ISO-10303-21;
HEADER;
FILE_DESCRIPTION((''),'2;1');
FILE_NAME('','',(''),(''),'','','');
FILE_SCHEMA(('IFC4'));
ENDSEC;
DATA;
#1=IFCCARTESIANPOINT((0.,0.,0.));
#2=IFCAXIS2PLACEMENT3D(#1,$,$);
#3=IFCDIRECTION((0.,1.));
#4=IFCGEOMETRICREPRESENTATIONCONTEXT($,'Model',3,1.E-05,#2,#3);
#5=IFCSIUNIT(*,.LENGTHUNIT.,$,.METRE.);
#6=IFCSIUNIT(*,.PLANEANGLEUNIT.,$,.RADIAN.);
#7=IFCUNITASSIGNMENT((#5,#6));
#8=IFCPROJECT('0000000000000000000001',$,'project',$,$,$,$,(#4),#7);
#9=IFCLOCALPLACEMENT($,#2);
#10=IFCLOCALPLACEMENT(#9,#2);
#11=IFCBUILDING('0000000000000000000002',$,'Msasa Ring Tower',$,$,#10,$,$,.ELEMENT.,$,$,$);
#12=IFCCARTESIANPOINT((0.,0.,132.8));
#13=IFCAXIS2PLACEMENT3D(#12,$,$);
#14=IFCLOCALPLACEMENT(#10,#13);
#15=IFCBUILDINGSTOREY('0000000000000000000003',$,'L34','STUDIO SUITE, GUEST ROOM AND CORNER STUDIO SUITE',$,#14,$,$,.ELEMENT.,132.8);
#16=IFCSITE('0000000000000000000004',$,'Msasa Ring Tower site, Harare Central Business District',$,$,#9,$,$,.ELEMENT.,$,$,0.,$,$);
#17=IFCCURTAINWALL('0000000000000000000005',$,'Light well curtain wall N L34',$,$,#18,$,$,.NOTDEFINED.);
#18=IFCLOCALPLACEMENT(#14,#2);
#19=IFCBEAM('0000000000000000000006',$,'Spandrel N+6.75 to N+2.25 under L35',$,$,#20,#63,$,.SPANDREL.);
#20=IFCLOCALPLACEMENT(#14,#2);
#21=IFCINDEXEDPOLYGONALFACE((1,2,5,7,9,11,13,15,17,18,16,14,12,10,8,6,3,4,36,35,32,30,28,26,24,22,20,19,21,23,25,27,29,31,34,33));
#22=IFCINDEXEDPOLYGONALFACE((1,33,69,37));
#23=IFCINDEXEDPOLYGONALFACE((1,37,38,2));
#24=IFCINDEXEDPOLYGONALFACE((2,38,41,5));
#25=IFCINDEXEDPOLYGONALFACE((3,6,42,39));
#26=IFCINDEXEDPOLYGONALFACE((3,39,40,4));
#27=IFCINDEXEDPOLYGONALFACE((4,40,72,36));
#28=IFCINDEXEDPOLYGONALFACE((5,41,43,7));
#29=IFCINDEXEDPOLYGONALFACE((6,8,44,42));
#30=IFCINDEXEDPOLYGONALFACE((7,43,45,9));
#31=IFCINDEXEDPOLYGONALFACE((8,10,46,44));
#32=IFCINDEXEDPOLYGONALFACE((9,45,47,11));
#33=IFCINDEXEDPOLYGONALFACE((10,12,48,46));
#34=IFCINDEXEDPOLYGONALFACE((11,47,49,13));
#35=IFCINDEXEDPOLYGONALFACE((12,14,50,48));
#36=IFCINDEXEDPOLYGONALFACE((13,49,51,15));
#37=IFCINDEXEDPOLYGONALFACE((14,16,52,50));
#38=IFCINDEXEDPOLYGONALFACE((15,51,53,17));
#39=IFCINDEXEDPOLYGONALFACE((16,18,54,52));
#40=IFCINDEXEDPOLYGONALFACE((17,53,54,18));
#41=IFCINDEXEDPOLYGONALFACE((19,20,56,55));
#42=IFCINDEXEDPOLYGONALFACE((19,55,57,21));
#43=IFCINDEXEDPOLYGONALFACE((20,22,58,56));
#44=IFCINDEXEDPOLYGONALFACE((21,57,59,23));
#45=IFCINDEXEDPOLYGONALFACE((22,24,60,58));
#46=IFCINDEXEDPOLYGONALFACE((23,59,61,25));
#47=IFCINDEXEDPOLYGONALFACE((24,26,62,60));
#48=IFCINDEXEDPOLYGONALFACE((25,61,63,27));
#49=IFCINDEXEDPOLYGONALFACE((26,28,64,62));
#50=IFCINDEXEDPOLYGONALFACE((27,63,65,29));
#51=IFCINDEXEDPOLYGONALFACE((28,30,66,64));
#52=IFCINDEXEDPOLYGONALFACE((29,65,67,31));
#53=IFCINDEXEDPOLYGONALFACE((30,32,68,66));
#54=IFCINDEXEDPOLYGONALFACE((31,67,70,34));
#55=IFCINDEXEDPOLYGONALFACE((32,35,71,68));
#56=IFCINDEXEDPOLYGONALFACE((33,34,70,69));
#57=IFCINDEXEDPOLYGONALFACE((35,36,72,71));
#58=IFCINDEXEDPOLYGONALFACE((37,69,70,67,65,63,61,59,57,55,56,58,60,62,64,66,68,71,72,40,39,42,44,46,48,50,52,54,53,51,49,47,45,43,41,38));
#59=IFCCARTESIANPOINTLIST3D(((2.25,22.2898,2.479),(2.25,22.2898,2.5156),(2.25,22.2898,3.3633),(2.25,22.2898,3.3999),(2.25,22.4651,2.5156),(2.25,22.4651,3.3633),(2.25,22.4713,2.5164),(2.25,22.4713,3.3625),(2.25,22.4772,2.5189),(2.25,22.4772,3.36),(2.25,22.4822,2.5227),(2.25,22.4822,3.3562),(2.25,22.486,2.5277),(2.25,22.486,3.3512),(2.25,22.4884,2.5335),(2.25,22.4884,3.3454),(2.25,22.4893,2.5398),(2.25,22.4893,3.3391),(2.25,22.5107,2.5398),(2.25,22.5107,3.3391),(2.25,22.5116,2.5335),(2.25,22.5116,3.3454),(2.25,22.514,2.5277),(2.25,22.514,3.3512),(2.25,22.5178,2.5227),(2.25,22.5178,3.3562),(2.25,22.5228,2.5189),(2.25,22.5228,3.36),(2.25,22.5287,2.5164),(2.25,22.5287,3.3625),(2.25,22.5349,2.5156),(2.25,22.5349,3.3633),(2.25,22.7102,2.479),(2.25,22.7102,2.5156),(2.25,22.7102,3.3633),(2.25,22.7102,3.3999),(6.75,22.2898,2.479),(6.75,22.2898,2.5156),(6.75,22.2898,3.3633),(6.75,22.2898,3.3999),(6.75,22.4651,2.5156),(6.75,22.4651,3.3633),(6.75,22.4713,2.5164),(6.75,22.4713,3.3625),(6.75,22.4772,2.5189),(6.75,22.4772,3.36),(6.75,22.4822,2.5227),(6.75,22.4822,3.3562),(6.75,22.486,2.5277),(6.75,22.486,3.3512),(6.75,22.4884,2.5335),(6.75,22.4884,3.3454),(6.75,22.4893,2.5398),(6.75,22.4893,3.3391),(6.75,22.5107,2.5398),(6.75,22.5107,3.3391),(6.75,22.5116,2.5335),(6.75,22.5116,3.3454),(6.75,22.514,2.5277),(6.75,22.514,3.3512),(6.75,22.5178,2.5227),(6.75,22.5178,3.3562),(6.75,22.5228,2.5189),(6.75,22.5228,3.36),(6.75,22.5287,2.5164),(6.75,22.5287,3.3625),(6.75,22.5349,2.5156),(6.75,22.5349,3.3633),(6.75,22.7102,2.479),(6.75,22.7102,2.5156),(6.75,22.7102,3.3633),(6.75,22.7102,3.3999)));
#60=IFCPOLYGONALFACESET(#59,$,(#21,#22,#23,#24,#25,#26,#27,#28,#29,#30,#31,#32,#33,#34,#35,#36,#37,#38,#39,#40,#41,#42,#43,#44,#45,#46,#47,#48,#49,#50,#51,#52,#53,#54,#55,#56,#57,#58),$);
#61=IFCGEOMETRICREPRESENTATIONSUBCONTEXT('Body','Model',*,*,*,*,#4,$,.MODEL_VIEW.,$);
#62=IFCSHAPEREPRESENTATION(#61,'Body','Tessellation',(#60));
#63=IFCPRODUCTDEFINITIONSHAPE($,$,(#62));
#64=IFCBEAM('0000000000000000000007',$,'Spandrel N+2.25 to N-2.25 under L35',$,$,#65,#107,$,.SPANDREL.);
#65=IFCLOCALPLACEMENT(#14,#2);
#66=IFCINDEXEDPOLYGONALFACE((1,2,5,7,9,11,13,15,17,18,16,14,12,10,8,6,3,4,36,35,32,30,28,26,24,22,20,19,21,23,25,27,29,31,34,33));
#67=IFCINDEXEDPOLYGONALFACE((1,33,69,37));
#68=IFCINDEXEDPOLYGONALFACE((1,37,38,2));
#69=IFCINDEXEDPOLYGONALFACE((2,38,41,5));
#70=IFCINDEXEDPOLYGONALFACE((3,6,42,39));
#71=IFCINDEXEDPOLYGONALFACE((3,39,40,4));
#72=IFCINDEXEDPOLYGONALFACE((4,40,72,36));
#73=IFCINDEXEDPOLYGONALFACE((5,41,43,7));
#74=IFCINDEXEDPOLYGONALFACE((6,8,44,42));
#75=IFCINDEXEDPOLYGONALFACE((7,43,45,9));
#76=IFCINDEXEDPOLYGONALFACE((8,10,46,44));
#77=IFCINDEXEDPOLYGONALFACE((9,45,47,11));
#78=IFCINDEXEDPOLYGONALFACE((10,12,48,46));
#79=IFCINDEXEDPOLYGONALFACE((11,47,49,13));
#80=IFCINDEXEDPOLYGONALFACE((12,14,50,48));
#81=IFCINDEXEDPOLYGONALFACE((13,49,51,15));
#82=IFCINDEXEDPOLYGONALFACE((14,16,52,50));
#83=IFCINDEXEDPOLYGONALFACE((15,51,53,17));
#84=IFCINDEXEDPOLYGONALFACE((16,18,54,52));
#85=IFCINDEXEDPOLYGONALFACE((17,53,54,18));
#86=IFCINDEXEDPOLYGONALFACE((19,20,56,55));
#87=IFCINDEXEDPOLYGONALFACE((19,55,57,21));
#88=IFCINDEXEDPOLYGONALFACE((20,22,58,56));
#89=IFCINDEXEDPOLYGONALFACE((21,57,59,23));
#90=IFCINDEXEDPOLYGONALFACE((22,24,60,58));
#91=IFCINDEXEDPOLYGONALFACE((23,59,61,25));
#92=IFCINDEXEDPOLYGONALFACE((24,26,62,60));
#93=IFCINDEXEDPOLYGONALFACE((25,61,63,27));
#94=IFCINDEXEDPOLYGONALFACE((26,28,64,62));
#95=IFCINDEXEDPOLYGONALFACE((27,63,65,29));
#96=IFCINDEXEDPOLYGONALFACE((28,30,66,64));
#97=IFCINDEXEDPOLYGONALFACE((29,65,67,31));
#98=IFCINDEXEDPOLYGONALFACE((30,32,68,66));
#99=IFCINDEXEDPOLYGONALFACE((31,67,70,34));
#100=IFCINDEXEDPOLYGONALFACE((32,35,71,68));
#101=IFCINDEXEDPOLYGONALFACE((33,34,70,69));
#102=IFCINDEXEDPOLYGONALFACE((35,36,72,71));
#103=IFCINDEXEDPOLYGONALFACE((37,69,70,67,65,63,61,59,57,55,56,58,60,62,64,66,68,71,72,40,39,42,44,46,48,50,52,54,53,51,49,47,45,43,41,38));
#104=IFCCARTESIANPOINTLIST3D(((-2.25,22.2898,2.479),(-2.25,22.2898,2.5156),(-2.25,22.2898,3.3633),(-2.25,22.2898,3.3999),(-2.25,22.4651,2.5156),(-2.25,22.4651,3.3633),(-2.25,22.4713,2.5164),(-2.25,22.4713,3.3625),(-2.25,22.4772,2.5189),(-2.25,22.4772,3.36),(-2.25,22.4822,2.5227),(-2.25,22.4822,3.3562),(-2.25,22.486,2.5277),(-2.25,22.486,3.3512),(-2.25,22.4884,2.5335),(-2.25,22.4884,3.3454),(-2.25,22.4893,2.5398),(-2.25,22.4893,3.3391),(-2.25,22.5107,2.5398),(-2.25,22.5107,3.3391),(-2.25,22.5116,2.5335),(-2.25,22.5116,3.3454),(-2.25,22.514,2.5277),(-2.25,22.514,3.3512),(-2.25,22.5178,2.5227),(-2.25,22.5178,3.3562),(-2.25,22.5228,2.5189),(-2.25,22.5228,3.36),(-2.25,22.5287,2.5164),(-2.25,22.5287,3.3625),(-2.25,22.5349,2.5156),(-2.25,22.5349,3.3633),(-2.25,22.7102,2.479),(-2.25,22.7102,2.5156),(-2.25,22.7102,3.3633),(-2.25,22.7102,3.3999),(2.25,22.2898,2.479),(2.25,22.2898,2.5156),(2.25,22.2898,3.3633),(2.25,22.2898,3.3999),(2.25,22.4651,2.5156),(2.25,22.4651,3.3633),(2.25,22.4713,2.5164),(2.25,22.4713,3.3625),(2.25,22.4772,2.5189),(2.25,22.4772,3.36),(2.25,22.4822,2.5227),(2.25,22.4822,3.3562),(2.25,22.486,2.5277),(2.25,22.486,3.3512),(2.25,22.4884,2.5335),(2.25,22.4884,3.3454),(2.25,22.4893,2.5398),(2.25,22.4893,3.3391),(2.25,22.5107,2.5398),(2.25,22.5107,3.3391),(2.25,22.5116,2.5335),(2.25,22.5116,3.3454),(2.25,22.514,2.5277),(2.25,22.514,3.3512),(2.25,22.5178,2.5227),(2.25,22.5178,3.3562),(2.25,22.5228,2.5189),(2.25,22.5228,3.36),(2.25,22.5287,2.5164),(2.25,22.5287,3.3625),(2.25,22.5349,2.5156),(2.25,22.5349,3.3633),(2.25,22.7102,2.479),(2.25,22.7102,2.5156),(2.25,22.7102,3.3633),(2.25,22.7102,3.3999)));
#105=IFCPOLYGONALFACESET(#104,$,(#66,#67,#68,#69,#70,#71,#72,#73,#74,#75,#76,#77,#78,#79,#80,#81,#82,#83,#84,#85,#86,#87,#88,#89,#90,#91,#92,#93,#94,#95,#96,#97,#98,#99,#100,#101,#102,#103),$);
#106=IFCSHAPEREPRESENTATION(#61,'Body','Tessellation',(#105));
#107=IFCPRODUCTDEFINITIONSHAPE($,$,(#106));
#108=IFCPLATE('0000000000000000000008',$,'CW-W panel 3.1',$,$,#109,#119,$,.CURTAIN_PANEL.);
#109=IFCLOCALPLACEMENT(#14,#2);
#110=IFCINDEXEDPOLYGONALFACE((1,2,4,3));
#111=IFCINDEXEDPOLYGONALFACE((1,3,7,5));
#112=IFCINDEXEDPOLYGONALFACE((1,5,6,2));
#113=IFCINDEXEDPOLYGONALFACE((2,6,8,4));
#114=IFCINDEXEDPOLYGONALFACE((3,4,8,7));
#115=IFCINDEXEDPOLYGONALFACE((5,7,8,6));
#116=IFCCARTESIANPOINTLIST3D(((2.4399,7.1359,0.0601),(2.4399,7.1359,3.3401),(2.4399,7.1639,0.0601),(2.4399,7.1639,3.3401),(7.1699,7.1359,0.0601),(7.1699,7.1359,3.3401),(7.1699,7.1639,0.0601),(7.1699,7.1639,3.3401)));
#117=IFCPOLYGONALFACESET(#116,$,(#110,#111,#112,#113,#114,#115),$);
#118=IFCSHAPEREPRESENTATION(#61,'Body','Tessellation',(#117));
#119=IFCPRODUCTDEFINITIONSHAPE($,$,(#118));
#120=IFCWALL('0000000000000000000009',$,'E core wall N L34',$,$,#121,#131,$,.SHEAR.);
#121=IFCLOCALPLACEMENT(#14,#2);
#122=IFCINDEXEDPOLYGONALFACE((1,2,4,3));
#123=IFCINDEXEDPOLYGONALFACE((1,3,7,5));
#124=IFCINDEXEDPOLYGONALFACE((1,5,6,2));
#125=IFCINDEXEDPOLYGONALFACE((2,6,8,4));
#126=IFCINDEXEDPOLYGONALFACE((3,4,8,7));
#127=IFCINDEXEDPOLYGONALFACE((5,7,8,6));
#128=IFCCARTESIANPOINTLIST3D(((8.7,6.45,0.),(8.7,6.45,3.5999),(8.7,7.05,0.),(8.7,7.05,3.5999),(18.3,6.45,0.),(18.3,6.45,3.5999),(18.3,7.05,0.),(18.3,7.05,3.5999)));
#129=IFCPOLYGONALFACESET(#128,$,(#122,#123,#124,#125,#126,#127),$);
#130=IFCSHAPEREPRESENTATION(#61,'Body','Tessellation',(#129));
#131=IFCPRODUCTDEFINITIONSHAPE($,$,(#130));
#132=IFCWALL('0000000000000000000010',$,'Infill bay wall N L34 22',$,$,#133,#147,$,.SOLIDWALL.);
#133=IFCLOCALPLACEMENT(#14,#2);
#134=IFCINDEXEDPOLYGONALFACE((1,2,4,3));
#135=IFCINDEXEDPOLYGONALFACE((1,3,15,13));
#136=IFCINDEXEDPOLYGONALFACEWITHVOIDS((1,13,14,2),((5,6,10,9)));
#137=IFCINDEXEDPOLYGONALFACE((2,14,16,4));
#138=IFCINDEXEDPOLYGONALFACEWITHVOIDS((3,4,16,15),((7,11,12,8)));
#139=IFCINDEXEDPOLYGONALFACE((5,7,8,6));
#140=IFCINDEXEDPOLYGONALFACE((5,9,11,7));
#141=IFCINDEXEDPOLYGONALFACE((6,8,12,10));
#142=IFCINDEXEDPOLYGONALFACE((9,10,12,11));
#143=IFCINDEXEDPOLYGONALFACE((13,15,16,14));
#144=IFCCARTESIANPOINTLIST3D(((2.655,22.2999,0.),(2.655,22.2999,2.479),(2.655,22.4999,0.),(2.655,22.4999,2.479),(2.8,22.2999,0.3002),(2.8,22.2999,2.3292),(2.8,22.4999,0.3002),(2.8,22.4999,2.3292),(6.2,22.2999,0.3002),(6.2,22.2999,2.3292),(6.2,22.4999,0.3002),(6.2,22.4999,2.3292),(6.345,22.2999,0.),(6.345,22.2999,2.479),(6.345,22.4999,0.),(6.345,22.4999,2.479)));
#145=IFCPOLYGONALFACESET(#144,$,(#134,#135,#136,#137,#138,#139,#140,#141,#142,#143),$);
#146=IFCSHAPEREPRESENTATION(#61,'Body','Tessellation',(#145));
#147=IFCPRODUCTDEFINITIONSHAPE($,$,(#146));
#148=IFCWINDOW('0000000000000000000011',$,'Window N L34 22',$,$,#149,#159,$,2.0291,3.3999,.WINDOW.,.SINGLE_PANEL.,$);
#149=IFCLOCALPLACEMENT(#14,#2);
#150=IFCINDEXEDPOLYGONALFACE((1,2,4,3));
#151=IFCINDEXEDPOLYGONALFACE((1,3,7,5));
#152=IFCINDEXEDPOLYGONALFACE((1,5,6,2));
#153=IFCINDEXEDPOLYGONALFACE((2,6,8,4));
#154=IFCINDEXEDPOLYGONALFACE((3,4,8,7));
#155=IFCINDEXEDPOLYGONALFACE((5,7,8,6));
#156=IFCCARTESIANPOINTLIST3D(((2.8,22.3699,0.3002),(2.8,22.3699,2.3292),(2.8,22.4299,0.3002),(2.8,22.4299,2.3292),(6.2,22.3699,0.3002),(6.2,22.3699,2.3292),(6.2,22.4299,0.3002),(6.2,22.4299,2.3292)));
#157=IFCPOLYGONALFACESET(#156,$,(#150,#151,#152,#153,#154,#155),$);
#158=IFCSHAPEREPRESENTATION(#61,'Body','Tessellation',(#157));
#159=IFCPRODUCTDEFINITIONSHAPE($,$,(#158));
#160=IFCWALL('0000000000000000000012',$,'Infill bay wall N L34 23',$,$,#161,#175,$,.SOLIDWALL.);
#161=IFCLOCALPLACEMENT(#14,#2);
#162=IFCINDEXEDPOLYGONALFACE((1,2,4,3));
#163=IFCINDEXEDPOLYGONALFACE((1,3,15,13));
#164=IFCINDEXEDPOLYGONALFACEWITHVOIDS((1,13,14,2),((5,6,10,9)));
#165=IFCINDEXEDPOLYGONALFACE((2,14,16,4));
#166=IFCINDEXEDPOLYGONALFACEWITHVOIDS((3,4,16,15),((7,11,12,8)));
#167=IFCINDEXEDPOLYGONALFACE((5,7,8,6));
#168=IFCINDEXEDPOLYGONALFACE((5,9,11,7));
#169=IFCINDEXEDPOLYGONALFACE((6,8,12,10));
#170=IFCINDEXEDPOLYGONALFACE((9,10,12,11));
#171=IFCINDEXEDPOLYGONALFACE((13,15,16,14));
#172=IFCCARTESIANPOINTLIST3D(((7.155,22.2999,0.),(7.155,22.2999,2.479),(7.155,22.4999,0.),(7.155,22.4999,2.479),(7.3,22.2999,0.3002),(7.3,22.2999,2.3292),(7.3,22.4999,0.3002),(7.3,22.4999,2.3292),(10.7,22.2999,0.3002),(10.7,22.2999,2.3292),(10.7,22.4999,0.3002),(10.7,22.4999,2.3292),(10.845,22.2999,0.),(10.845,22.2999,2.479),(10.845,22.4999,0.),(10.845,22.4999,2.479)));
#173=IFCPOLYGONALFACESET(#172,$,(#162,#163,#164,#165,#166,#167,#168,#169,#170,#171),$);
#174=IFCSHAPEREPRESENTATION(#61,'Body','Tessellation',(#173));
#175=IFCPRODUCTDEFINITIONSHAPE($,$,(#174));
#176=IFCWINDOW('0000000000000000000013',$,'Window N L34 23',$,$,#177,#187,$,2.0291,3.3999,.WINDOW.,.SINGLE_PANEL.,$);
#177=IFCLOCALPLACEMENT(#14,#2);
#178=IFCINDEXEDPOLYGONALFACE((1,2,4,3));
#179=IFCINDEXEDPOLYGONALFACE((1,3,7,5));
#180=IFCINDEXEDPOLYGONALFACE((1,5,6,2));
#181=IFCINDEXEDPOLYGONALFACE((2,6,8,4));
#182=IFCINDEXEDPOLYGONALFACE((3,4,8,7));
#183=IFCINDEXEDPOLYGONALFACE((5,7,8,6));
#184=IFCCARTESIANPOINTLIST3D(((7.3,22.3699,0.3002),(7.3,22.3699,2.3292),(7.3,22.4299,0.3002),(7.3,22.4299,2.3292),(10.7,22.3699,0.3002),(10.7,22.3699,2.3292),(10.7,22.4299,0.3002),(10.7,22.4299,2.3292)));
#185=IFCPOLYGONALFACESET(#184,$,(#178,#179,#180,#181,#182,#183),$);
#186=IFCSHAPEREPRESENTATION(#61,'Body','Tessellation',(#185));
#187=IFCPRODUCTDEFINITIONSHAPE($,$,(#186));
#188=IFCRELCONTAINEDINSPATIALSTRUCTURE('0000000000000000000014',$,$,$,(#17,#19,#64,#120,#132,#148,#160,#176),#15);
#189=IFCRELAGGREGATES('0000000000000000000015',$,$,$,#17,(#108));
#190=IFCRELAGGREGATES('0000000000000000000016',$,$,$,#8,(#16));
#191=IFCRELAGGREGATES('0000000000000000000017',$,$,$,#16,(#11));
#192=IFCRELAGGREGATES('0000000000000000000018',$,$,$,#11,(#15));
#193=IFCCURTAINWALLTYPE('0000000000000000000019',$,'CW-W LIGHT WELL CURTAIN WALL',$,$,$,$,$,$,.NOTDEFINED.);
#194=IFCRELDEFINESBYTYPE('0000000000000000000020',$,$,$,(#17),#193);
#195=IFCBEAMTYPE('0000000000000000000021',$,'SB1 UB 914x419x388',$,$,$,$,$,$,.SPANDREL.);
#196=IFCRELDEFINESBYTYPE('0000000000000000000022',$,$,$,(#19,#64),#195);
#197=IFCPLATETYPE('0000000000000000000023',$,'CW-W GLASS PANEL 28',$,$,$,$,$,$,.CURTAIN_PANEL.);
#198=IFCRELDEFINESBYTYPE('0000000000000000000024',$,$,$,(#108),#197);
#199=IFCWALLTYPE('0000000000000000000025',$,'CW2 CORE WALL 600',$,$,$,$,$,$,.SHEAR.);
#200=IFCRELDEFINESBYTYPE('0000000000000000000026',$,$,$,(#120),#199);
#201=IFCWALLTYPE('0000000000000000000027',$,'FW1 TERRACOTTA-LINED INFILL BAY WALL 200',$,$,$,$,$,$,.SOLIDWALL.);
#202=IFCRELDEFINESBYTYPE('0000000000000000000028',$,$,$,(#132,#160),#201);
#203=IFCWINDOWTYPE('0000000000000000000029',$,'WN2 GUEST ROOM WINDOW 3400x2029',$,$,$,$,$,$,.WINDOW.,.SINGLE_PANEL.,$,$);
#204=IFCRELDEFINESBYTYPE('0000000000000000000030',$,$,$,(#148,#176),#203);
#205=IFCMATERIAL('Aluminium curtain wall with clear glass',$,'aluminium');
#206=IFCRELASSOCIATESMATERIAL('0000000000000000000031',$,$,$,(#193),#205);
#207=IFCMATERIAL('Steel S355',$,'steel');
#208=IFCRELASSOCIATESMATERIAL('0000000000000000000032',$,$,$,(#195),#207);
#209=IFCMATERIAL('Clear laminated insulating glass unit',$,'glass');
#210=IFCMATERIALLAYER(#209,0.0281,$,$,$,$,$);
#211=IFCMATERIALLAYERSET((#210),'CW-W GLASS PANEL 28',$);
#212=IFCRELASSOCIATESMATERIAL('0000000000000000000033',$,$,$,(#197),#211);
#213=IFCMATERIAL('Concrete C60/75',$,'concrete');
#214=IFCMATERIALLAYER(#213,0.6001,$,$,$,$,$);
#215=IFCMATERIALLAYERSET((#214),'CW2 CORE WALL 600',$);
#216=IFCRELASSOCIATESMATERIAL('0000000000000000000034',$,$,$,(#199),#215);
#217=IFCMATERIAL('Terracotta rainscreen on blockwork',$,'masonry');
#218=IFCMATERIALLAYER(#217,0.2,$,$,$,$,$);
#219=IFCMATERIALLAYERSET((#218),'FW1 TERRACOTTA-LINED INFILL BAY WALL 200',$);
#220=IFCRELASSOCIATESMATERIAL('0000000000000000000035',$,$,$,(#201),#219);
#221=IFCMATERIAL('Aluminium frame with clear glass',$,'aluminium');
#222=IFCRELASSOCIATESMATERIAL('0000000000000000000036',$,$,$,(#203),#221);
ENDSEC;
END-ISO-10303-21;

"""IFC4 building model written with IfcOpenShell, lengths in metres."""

from ifc_helpers import new_model, si_unit, direction, frame, frame_2d, origin, origin_2d, place, context, subcontext, project, spatial, rectangle, i_section, extrude, material, layer, layer_set, material_profile, profile_set, type_object, element, fill, aggregate, save


model = new_model("IFC4")

# Units and contexts
model_context = context("Model", 3, precision=1e-05, world=origin(), true_north=direction((0.0, 1.0)))
body_context = subcontext(model_context, "Body", "Model", "MODEL_VIEW")
ifc_project = project(units=[si_unit("LENGTHUNIT", "METRE"), si_unit("PLANEANGLEUNIT", "RADIAN")], contexts=[model_context])

# Site, building, storey
site_placement = place(None, origin())
site = spatial("IfcSite", under=ifc_project, at=site_placement, Name="Msasa Ring Tower site, Harare Central Business District", CompositionType="ELEMENT", RefElevation=0.0)
building_placement = place(site_placement, origin())
building = spatial("IfcBuilding", under=site, at=building_placement, Name="Msasa Ring Tower", CompositionType="ELEMENT")
storey_placement = place(building_placement, frame((0.0, 0.0, 132.8)))
storey = spatial("IfcBuildingStorey", under=building, at=storey_placement, Name="L34", Description="STUDIO SUITE, GUEST ROOM AND CORNER STUDIO SUITE", CompositionType="ELEMENT", Elevation=132.8)

# Curtain wall
ifc_material_1 = material(Name="Aluminium curtain wall with clear glass", Category="aluminium")
curtain_wall_type = type_object("IfcCurtainWallType", Name="CW-W LIGHT WELL CURTAIN WALL", PredefinedType="NOTDEFINED", material=ifc_material_1)
curtain_wall_1_placement = place(storey_placement, origin())
curtain_wall_1 = element("IfcCurtainWall", 1, at=curtain_wall_1_placement, inside=storey, type_object=curtain_wall_type, Name="Light well curtain wall N L34", PredefinedType="NOTDEFINED")

# Beams
ifc_material_2 = material(Name="Steel S355", Category="steel")
ifc_material_profile_1 = material_profile(ifc_material_2, i_section(OverallWidth=0.4204, OverallDepth=0.9209, WebThickness=0.0215, FlangeThickness=0.0366, FilletRadius=0.0242, at=origin_2d()), Name="UB 914x419x388")
ifc_profile_set_1 = profile_set([ifc_material_profile_1], Name="Steel S355")
beam_type_1 = type_object("IfcBeamType", Name="SB1 UB 914x419x388", PredefinedType="SPANDREL", material=ifc_profile_set_1)
for number, where, z_axis, x_axis, name in (
    (2, (6.75, 22.5, 2.9395), (-1.0, 0.0, 0.0), (0.0, -1.0, 0.0), "Spandrel N+6.75 to N+2.25 under L35"),
    (3, (2.25, 22.5, 2.9395), (-1.0, 0.0, 0.0), (0.0, -1.0, 0.0), "Spandrel N+2.25 to N-2.25 under L35"),
):
    element("IfcBeam", number, at=place(storey_placement, frame(where, z_axis=z_axis, x_axis=x_axis)), inside=storey, type_object=beam_type_1, Name=name, PredefinedType="SPANDREL", context=body_context, shape_type="SweptSolid", body=[
        extrude(i_section(OverallWidth=0.4204, OverallDepth=0.9209, WebThickness=0.0215, FlangeThickness=0.0366, FilletRadius=0.0242, at=origin_2d()), origin(), (0.0, 0.0, 1.0), 4.5),
    ])

# Plate
ifc_material_3 = material(Name="Clear laminated insulating glass unit", Category="glass")
ifc_layer_1 = layer(ifc_material_3, 0.0281)
ifc_layer_set_1 = layer_set([ifc_layer_1], Name="CW-W GLASS PANEL 28")
plate_type = type_object("IfcPlateType", Name="CW-W GLASS PANEL 28", PredefinedType="CURTAIN_PANEL", material=ifc_layer_set_1)
plate_placement = place(storey_placement, frame((4.8049, 7.1499, 0.0601), z_axis=(0.0, 0.0, 1.0), x_axis=(1.0, 0.0, 0.0)))
plate = element("IfcPlate", 4, at=plate_placement, type_object=plate_type, Name="CW-W panel 3.1", PredefinedType="CURTAIN_PANEL", context=body_context, shape_type="SweptSolid", body=[
    extrude(rectangle(XDim=4.73, YDim=0.0281, at=origin_2d()), origin(), (0.0, 0.0, 1.0), 3.28),
])
aggregate(curtain_wall_1, [plate])

# Wall
ifc_material_4 = material(Name="Concrete C60/75", Category="concrete")
ifc_layer_2 = layer(ifc_material_4, 0.6001)
ifc_layer_set_2 = layer_set([ifc_layer_2], Name="CW2 CORE WALL 600")
wall_type_1 = type_object("IfcWallType", Name="CW2 CORE WALL 600", PredefinedType="SHEAR", material=ifc_layer_set_2)
wall_1_placement = place(storey_placement, frame((8.7, 6.75, 0.0), z_axis=(0.0, 0.0, 1.0), x_axis=(1.0, 0.0, 0.0)))
element("IfcWall", 5, at=wall_1_placement, inside=storey, type_object=wall_type_1, Name="E core wall N L34", PredefinedType="SHEAR", context=body_context, shape_type="SweptSolid", body=[
    extrude(rectangle(XDim=9.6001, YDim=0.6001, at=frame_2d((4.8, 0.0))), origin(), (0.0, 0.0, 1.0), 3.5999),
])

# Walls, openings, windows
ifc_material_5 = material(Name="Terracotta rainscreen on blockwork", Category="masonry")
ifc_layer_3 = layer(ifc_material_5, 0.2)
ifc_layer_set_3 = layer_set([ifc_layer_3], Name="FW1 TERRACOTTA-LINED INFILL BAY WALL 200")
wall_type_2 = type_object("IfcWallType", Name="FW1 TERRACOTTA-LINED INFILL BAY WALL 200", PredefinedType="SOLIDWALL", material=ifc_layer_set_3)
wall_2_placement = place(storey_placement, frame((2.655, 22.3999, 0.0), z_axis=(0.0, 0.0, 1.0), x_axis=(1.0, 0.0, 0.0)))
wall_2 = element("IfcWall", 6, at=wall_2_placement, inside=storey, type_object=wall_type_2, Name="Infill bay wall N L34 22", PredefinedType="SOLIDWALL", context=body_context, shape_type="SweptSolid", body=[
    extrude(rectangle(XDim=3.6899, YDim=0.2, at=frame_2d((1.845, 0.0))), origin(), (0.0, 0.0, 1.0), 2.479),
])
opening_1_placement = place(wall_2_placement, frame((0.145, 0.0, 0.3)))
opening_1 = element("IfcOpeningElement", 7, at=opening_1_placement, cuts=wall_2, PredefinedType="OPENING", context=body_context, shape_type="SweptSolid", body=[
    extrude(rectangle(XDim=3.3999, YDim=2.0291, at=frame_2d((1.7, 1.0146))), frame((0.0, 0.1099, 0.0), z_axis=(0.0, -1.0, 0.0), x_axis=(1.0, 0.0, 0.0)), (0.0, 0.0, 1.0), 0.22),
])
ifc_material_6 = material(Name="Aluminium frame with clear glass", Category="aluminium")
window_type = type_object("IfcWindowType", Name="WN2 GUEST ROOM WINDOW 3400x2029", PartitioningType="SINGLE_PANEL", PredefinedType="WINDOW", material=ifc_material_6)
window_1_placement = place(opening_1_placement, origin())
window_1 = element("IfcWindow", 8, at=window_1_placement, inside=storey, type_object=window_type, Name="Window N L34 22", OverallHeight=2.0291, OverallWidth=3.3999, PartitioningType="SINGLE_PANEL", PredefinedType="WINDOW", context=body_context, shape_type="SweptSolid", body=[
    extrude(rectangle(XDim=3.3999, YDim=2.0291, at=frame_2d((1.7, 1.0146))), frame((0.0, 0.03, 0.0), z_axis=(0.0, -1.0, 0.0), x_axis=(1.0, 0.0, 0.0)), (0.0, 0.0, 1.0), 0.0601),
])
fill(opening_1, window_1)
wall_3_placement = place(storey_placement, frame((7.155, 22.3999, 0.0), z_axis=(0.0, 0.0, 1.0), x_axis=(1.0, 0.0, 0.0)))
wall_3 = element("IfcWall", 9, at=wall_3_placement, inside=storey, type_object=wall_type_2, Name="Infill bay wall N L34 23", PredefinedType="SOLIDWALL", context=body_context, shape_type="SweptSolid", body=[
    extrude(rectangle(XDim=3.6899, YDim=0.2, at=frame_2d((1.845, 0.0))), origin(), (0.0, 0.0, 1.0), 2.479),
])
opening_2_placement = place(wall_3_placement, frame((0.145, 0.0, 0.3)))
opening_2 = element("IfcOpeningElement", 10, at=opening_2_placement, cuts=wall_3, PredefinedType="OPENING", context=body_context, shape_type="SweptSolid", body=[
    extrude(rectangle(XDim=3.3999, YDim=2.0291, at=frame_2d((1.7, 1.0146))), frame((0.0, 0.1099, 0.0), z_axis=(0.0, -1.0, 0.0), x_axis=(1.0, 0.0, 0.0)), (0.0, 0.0, 1.0), 0.22),
])
window_2_placement = place(opening_2_placement, origin())
window_2 = element("IfcWindow", 11, at=window_2_placement, inside=storey, type_object=window_type, Name="Window N L34 23", OverallHeight=2.0291, OverallWidth=3.3999, PartitioningType="SINGLE_PANEL", PredefinedType="WINDOW", context=body_context, shape_type="SweptSolid", body=[
    extrude(rectangle(XDim=3.3999, YDim=2.0291, at=frame_2d((1.7, 1.0146))), frame((0.0, 0.03, 0.0), z_axis=(0.0, -1.0, 0.0), x_axis=(1.0, 0.0, 0.0)), (0.0, 0.0, 1.0), 0.0601),
])
fill(opening_2, window_2)

save(model, "model.ifc")
